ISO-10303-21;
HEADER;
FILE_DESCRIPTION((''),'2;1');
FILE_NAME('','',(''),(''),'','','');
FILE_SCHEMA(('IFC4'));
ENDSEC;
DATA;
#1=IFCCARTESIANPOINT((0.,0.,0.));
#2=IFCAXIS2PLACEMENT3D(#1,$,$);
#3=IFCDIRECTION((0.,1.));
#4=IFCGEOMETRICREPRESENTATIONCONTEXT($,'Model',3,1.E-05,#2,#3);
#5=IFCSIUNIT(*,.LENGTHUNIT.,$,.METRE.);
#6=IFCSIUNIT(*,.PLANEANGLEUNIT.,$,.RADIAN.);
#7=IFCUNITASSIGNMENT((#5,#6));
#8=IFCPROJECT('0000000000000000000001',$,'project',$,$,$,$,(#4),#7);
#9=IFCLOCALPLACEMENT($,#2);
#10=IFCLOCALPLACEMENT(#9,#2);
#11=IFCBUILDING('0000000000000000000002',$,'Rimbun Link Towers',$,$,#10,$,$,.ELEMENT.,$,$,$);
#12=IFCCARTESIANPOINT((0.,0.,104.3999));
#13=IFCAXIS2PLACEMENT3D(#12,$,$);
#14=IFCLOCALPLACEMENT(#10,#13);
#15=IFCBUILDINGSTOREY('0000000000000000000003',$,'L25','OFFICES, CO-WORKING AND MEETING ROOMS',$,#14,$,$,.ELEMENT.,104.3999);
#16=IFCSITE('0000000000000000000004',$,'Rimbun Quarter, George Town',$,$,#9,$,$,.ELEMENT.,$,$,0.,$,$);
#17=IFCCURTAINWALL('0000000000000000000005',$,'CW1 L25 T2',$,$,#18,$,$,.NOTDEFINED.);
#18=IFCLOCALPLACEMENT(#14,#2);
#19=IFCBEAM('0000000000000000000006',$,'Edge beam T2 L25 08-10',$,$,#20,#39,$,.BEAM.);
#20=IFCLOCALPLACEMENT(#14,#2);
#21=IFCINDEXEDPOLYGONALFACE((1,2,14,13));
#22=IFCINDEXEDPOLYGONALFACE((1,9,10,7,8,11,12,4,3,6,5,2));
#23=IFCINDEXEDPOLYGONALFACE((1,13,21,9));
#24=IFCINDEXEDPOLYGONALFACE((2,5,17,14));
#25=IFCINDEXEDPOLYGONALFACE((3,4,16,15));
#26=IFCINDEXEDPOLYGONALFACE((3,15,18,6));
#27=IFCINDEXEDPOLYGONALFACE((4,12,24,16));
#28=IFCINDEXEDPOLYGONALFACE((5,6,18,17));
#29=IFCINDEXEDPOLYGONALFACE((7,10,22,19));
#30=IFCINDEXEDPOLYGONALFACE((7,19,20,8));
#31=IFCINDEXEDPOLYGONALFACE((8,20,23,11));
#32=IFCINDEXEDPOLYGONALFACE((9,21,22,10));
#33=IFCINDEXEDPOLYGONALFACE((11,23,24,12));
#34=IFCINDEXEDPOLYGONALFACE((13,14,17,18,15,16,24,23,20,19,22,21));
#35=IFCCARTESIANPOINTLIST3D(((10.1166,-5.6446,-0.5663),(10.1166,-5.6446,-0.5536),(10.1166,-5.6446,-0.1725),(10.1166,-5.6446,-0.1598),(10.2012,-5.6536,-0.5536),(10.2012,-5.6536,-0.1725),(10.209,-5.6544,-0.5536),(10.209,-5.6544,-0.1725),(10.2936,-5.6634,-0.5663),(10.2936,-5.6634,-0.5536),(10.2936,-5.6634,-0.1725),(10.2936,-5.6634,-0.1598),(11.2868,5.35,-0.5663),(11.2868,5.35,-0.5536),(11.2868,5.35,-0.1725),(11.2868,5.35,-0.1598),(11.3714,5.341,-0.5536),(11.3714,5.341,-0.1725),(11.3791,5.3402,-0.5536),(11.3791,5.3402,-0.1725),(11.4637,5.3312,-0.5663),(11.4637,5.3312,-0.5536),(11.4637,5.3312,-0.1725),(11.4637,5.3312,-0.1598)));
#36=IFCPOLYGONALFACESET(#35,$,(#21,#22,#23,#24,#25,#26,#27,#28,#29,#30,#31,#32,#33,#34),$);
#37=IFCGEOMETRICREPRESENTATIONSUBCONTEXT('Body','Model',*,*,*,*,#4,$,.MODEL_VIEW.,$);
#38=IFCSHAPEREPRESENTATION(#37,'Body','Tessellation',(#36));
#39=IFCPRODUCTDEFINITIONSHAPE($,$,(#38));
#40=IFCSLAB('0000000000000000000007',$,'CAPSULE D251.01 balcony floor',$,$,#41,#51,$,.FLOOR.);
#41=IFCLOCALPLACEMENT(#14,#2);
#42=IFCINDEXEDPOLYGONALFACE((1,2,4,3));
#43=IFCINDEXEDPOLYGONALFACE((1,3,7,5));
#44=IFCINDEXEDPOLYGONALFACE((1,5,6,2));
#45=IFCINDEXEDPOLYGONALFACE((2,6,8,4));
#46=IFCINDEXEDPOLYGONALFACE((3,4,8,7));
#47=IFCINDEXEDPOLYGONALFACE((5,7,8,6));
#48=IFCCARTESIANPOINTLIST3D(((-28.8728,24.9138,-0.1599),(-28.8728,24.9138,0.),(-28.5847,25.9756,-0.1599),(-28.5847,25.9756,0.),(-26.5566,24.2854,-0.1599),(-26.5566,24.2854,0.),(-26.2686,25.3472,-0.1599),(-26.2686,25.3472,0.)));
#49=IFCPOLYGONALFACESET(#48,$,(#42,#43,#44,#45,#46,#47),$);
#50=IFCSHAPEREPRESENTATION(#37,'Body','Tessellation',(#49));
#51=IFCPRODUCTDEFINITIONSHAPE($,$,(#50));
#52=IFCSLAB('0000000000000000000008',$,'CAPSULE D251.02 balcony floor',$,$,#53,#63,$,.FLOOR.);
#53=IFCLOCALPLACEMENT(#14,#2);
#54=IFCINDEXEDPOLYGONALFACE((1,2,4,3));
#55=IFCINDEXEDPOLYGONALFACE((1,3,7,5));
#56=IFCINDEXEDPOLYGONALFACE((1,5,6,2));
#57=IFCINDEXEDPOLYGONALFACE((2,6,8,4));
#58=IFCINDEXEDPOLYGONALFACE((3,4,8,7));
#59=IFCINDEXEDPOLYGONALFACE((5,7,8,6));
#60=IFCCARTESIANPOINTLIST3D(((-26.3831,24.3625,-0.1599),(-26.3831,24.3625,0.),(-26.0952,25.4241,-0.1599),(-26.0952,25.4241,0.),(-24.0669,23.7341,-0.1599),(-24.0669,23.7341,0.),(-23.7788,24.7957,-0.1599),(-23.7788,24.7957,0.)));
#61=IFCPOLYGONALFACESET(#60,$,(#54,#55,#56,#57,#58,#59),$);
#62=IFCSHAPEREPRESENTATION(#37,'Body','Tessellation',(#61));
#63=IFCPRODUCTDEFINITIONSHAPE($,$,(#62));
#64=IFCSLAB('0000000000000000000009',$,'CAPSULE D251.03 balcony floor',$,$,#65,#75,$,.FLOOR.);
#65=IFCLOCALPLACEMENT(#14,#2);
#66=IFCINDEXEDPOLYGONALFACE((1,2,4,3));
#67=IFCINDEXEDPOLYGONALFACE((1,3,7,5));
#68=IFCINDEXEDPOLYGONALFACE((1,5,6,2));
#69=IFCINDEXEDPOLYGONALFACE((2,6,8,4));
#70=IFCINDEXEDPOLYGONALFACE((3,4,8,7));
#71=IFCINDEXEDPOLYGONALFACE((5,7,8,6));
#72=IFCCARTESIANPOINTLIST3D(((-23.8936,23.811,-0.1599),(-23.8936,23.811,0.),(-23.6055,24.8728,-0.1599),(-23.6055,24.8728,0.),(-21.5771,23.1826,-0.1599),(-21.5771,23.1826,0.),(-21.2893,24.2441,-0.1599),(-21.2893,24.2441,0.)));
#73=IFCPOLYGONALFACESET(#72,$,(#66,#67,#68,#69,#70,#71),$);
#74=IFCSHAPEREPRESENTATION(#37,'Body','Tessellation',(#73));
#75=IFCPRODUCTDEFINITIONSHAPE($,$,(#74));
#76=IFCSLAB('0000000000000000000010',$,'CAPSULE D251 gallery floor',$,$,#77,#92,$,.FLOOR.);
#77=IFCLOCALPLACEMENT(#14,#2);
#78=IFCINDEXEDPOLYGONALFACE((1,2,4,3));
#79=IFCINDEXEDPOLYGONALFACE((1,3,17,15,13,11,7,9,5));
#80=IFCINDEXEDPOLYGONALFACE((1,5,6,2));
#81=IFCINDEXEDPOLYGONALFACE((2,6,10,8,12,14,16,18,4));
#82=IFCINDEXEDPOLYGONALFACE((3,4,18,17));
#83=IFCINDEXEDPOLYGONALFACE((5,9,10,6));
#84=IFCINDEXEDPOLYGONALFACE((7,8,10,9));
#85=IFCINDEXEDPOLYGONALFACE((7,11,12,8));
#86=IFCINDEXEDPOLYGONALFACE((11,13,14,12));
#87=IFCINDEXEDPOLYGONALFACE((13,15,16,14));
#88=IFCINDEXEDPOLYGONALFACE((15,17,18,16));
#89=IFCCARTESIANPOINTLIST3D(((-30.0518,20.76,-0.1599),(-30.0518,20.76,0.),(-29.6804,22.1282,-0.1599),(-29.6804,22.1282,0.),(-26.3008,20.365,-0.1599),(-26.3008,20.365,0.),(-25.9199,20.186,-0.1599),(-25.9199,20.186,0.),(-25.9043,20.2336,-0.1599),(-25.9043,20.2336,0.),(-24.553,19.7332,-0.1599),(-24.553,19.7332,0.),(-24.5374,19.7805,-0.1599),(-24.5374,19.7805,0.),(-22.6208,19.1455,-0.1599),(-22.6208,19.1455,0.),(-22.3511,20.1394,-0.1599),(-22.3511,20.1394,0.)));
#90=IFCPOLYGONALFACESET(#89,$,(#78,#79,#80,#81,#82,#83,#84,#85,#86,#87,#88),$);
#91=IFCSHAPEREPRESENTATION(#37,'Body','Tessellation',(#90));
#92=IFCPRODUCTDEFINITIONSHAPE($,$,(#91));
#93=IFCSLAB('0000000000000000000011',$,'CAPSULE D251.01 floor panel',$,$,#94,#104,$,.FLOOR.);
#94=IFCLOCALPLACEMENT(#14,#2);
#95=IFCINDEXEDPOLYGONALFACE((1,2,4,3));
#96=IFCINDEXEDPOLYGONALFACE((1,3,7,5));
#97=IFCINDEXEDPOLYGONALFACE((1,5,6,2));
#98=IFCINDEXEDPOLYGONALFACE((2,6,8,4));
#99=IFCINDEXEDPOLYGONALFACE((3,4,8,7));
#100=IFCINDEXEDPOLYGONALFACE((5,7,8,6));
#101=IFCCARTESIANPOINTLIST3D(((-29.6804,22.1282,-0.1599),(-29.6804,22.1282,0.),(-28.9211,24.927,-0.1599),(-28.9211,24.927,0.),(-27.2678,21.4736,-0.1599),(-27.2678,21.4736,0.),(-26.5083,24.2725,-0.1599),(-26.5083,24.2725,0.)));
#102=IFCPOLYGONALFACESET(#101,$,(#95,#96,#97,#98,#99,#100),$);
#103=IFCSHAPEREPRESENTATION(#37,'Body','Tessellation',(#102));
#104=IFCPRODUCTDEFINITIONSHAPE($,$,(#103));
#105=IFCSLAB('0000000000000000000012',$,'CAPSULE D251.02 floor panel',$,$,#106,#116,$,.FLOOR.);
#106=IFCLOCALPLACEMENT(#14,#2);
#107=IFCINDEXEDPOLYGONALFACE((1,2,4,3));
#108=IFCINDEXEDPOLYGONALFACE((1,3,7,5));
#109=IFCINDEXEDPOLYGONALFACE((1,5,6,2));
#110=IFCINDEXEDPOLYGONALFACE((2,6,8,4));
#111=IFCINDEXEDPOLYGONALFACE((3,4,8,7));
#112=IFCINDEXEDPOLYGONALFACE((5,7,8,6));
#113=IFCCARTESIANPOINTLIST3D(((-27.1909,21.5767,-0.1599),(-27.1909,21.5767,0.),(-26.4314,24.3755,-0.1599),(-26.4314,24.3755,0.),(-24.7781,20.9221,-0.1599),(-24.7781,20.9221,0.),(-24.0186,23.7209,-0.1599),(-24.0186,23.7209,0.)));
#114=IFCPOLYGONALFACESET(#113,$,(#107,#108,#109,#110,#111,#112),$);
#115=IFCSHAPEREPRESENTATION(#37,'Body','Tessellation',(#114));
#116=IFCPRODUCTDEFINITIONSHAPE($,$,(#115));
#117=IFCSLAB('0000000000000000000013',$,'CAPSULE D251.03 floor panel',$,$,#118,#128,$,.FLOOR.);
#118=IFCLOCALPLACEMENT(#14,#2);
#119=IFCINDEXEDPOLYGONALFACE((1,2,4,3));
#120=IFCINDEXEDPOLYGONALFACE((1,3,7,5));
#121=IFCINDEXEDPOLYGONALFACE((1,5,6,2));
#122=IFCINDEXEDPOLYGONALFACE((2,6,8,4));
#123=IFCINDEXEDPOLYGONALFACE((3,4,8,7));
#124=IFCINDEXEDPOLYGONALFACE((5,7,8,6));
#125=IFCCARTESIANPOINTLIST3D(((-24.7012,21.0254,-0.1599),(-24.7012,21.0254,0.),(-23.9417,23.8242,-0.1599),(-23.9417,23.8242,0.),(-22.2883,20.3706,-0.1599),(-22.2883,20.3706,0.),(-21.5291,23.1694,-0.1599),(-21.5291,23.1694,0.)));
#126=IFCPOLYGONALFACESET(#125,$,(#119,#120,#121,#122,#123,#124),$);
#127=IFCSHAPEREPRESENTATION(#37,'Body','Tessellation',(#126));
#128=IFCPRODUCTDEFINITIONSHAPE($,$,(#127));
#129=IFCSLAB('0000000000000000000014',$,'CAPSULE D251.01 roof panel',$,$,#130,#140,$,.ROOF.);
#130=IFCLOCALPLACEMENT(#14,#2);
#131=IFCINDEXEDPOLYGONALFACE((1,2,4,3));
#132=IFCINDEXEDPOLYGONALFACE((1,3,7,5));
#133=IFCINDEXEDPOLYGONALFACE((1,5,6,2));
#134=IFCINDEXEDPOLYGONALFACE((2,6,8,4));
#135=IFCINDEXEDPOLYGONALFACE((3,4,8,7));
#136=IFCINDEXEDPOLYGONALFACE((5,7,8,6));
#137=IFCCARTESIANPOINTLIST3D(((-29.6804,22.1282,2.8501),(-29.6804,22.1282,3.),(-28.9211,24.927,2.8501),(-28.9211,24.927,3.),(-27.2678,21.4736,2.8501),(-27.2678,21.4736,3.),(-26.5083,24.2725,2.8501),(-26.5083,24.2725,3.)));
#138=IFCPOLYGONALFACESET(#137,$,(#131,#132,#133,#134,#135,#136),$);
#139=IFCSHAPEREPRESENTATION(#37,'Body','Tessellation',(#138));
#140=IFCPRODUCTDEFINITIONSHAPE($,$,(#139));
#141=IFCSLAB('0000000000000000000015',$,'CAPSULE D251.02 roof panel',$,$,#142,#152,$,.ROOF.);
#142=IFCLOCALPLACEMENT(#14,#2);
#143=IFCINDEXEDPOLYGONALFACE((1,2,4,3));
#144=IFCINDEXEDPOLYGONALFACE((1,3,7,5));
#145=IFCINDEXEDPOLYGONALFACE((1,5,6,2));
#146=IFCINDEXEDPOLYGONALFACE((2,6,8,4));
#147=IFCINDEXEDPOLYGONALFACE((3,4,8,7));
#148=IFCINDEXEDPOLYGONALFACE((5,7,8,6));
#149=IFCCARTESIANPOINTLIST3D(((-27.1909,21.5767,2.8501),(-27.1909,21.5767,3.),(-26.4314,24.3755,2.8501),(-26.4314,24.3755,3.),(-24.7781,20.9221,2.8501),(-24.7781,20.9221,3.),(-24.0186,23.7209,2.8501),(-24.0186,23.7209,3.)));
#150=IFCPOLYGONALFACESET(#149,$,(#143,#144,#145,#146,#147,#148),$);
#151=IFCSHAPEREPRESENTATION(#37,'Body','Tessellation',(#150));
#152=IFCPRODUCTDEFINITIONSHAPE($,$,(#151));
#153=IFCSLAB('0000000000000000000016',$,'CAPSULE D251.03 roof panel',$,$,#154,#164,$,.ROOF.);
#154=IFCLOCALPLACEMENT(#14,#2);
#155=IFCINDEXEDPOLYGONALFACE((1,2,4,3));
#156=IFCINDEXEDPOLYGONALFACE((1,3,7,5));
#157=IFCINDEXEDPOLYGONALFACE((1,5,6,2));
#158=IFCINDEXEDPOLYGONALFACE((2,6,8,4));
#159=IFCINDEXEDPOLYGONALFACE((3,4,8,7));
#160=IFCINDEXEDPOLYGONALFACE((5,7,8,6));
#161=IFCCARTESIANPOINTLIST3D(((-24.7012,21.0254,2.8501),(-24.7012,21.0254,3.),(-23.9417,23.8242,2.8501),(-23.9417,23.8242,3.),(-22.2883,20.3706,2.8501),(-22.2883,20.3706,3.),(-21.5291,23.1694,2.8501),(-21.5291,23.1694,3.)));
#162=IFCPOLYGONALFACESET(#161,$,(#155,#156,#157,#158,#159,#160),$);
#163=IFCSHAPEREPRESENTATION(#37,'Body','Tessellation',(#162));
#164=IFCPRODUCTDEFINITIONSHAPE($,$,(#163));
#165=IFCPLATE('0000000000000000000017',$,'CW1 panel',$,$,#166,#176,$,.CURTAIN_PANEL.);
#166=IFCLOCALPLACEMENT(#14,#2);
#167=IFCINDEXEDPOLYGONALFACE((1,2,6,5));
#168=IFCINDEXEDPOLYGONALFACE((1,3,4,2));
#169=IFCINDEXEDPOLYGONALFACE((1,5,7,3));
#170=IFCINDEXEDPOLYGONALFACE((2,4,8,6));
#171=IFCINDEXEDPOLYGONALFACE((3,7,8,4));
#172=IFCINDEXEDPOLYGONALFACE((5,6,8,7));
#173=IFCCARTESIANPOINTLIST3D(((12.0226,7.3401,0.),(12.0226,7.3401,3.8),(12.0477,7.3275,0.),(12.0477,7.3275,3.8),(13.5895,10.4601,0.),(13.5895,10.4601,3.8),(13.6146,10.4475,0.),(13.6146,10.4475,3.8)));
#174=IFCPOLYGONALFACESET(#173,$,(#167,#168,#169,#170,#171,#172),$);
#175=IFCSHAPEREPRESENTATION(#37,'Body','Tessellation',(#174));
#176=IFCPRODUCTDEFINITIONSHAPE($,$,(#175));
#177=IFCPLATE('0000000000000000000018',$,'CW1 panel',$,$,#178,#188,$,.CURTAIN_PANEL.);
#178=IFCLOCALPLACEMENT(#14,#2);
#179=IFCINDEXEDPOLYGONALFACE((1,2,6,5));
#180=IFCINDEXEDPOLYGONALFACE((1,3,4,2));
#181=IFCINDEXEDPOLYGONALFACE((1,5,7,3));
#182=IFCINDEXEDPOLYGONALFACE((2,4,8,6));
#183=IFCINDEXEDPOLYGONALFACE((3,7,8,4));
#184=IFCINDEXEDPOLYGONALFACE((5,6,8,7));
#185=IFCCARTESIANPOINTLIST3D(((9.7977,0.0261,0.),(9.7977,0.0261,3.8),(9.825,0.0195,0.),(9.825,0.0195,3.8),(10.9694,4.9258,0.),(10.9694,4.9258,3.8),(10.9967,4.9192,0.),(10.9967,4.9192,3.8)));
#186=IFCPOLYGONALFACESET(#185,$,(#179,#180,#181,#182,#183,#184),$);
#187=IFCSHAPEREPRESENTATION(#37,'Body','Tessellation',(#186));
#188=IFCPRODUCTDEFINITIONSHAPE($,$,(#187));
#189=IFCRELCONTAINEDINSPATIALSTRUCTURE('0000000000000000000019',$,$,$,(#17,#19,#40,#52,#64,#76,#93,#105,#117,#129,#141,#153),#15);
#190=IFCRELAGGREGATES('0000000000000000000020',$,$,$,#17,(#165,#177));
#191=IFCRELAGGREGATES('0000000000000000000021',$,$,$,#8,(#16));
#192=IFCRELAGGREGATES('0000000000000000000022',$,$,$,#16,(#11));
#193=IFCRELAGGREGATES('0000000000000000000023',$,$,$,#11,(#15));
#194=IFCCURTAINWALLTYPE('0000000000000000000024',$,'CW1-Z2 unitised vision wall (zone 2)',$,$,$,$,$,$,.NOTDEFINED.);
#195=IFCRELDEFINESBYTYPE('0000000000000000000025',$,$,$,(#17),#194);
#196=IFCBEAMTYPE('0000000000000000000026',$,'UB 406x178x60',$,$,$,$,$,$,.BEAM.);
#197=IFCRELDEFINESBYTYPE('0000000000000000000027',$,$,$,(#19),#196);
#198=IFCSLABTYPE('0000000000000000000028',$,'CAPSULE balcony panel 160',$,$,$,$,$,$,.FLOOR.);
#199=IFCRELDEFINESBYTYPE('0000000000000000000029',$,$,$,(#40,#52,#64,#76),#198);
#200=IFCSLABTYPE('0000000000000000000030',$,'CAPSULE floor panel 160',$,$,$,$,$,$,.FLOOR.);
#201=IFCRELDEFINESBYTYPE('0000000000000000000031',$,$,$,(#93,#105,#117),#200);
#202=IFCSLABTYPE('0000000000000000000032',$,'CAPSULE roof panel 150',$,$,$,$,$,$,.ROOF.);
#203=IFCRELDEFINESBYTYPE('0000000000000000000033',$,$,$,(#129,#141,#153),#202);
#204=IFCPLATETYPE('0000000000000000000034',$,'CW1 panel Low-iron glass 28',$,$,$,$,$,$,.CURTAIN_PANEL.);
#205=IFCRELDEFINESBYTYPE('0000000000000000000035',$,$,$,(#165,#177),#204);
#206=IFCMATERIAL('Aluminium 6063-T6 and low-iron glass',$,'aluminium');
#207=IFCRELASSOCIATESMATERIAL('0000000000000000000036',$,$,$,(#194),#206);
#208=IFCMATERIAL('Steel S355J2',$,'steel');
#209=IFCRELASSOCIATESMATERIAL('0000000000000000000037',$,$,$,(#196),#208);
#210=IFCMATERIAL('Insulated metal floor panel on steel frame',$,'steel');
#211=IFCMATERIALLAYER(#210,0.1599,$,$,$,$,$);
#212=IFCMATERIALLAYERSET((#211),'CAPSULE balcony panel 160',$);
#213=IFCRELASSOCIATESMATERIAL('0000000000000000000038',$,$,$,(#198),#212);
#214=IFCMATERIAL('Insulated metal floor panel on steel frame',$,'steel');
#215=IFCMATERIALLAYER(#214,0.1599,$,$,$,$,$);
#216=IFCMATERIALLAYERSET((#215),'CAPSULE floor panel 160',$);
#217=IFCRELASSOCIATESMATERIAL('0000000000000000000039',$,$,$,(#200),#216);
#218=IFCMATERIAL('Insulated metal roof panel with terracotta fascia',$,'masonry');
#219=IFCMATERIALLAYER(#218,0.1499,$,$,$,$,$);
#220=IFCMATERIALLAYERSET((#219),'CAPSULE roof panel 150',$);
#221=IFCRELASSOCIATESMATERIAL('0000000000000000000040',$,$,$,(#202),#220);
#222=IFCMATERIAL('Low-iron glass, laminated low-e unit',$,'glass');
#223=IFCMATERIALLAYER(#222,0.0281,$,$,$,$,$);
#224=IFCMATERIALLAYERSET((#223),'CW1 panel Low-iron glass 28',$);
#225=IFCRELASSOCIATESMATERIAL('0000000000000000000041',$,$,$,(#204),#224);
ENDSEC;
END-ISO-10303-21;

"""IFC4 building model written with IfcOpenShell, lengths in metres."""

from ifc_helpers import new_model, si_unit, direction, frame, origin, origin_2d, place, context, subcontext, project, spatial, polyline, rectangle, i_section, outline, extrude, material, layer, layer_set, material_profile, profile_set, type_object, element, aggregate, save


model = new_model("IFC4")

# Units and contexts
model_context = context("Model", 3, precision=1e-05, world=origin(), true_north=direction((0.0, 1.0)))
body_context = subcontext(model_context, "Body", "Model", "MODEL_VIEW")
ifc_project = project(units=[si_unit("LENGTHUNIT", "METRE"), si_unit("PLANEANGLEUNIT", "RADIAN")], contexts=[model_context])

# Site, building, storey
site_placement = place(None, origin())
site = spatial("IfcSite", under=ifc_project, at=site_placement, Name="Rimbun Quarter, George Town", CompositionType="ELEMENT", RefElevation=0.0)
building_placement = place(site_placement, origin())
building = spatial("IfcBuilding", under=site, at=building_placement, Name="Rimbun Link Towers", CompositionType="ELEMENT")
storey_placement = place(building_placement, frame((0.0, 0.0, 104.3999)))
storey = spatial("IfcBuildingStorey", under=building, at=storey_placement, Name="L25", Description="OFFICES, CO-WORKING AND MEETING ROOMS", CompositionType="ELEMENT", Elevation=104.3999)

# Curtain wall
ifc_material_1 = material(Name="Aluminium 6063-T6 and low-iron glass", Category="aluminium")
curtain_wall_type = type_object("IfcCurtainWallType", Name="CW1-Z2 unitised vision wall (zone 2)", PredefinedType="NOTDEFINED", material=ifc_material_1)
curtain_wall_placement = place(storey_placement, origin())
curtain_wall = element("IfcCurtainWall", 1, at=curtain_wall_placement, inside=storey, type_object=curtain_wall_type, Name="CW1 L25 T2", PredefinedType="NOTDEFINED")

# Beam
ifc_material_2 = material(Name="Steel S355J2", Category="steel")
ifc_material_profile_1 = material_profile(ifc_material_2, i_section(OverallWidth=0.178, OverallDepth=0.4065, WebThickness=0.0078, FlangeThickness=0.0127, at=origin_2d()), Name="UB 406x178x60")
ifc_profile_set_1 = profile_set([ifc_material_profile_1], Name="Steel S355J2")
beam_type_1 = type_object("IfcBeamType", Name="UB 406x178x60", PredefinedType="BEAM", material=ifc_profile_set_1)
beam_1_placement = place(storey_placement, frame((11.3752, 5.3406, -0.363), z_axis=(-0.105833, -0.994384, 0.0), x_axis=(0.994384, -0.105833, 0.0)))
element("IfcBeam", 2, at=beam_1_placement, inside=storey, type_object=beam_type_1, Name="Edge beam T2 L25 08-10", PredefinedType="BEAM", context=body_context, shape_type="SweptSolid", body=[
    extrude(i_section(OverallWidth=0.178, OverallDepth=0.4065, WebThickness=0.0078, FlangeThickness=0.0127, at=origin_2d()), origin(), (0.0, 0.0, 1.0), 11.0566),
])

# Slabs
ifc_material_3 = material(Name="Insulated metal floor panel on steel frame", Category="steel")
ifc_layer_1 = layer(ifc_material_3, 0.1599)
ifc_layer_set_1 = layer_set([ifc_layer_1], Name="CAPSULE balcony panel 160")
slab_type_1 = type_object("IfcSlabType", Name="CAPSULE balcony panel 160", PredefinedType="FLOOR", material=ifc_layer_set_1)
slab_1_placement = place(storey_placement, frame((0.0, 0.0, -0.1599)))
element("IfcSlab", 3, at=slab_1_placement, inside=storey, type_object=slab_type_1, Name="CAPSULE D251.01 balcony floor", PredefinedType="FLOOR", context=body_context, shape_type="SweptSolid", body=[
    extrude(outline(polyline([(-26.2686, 25.3472), (-28.5847, 25.9756), (-28.8728, 24.9138), (-26.5566, 24.2854), (-26.2686, 25.3472)])), origin(), (0.0, 0.0, 1.0), 0.1599),
])
slab_2_placement = place(storey_placement, frame((0.0, 0.0, -0.1599)))
element("IfcSlab", 4, at=slab_2_placement, inside=storey, type_object=slab_type_1, Name="CAPSULE D251.02 balcony floor", PredefinedType="FLOOR", context=body_context, shape_type="SweptSolid", body=[
    extrude(outline(polyline([(-23.7788, 24.7957), (-26.0952, 25.4241), (-26.3831, 24.3625), (-24.0669, 23.7341), (-23.7788, 24.7957)])), origin(), (0.0, 0.0, 1.0), 0.1599),
])
slab_3_placement = place(storey_placement, frame((0.0, 0.0, -0.1599)))
element("IfcSlab", 5, at=slab_3_placement, inside=storey, type_object=slab_type_1, Name="CAPSULE D251.03 balcony floor", PredefinedType="FLOOR", context=body_context, shape_type="SweptSolid", body=[
    extrude(outline(polyline([(-21.2893, 24.2441), (-23.6055, 24.8728), (-23.8936, 23.811), (-21.5771, 23.1826), (-21.2893, 24.2441)])), origin(), (0.0, 0.0, 1.0), 0.1599),
])
slab_4_placement = place(storey_placement, frame((0.0, 0.0, -0.1599)))
element("IfcSlab", 6, at=slab_4_placement, inside=storey, type_object=slab_type_1, Name="CAPSULE D251 gallery floor", PredefinedType="FLOOR", context=body_context, shape_type="SweptSolid", body=[
    extrude(outline(polyline([(-25.9043, 20.2336), (-25.9199, 20.186), (-24.553, 19.7332), (-24.5374, 19.7805), (-22.6208, 19.1455), (-22.3511, 20.1394), (-29.6804, 22.1282), (-30.0518, 20.76), (-26.3008, 20.365), (-25.9043, 20.2336)])), origin(), (0.0, 0.0, 1.0), 0.1599),
])
ifc_material_4 = material(Name="Insulated metal floor panel on steel frame", Category="steel")
ifc_layer_2 = layer(ifc_material_4, 0.1599)
ifc_layer_set_2 = layer_set([ifc_layer_2], Name="CAPSULE floor panel 160")
slab_type_2 = type_object("IfcSlabType", Name="CAPSULE floor panel 160", PredefinedType="FLOOR", material=ifc_layer_set_2)
slab_5_placement = place(storey_placement, frame((0.0, 0.0, -0.1599)))
element("IfcSlab", 7, at=slab_5_placement, inside=storey, type_object=slab_type_2, Name="CAPSULE D251.01 floor panel", PredefinedType="FLOOR", context=body_context, shape_type="SweptSolid", body=[
    extrude(outline(polyline([(-26.5083, 24.2725), (-28.9211, 24.927), (-29.6804, 22.1282), (-27.2678, 21.4736), (-26.5083, 24.2725)])), origin(), (0.0, 0.0, 1.0), 0.1599),
])
slab_6_placement = place(storey_placement, frame((0.0, 0.0, -0.1599)))
element("IfcSlab", 8, at=slab_6_placement, inside=storey, type_object=slab_type_2, Name="CAPSULE D251.02 floor panel", PredefinedType="FLOOR", context=body_context, shape_type="SweptSolid", body=[
    extrude(outline(polyline([(-24.0186, 23.7209), (-26.4314, 24.3755), (-27.1909, 21.5767), (-24.7781, 20.9221), (-24.0186, 23.7209)])), origin(), (0.0, 0.0, 1.0), 0.1599),
])
slab_7_placement = place(storey_placement, frame((0.0, 0.0, -0.1599)))
element("IfcSlab", 9, at=slab_7_placement, inside=storey, type_object=slab_type_2, Name="CAPSULE D251.03 floor panel", PredefinedType="FLOOR", context=body_context, shape_type="SweptSolid", body=[
    extrude(outline(polyline([(-21.5291, 23.1694), (-23.9417, 23.8242), (-24.7012, 21.0254), (-22.2883, 20.3706), (-21.5291, 23.1694)])), origin(), (0.0, 0.0, 1.0), 0.1599),
])
ifc_material_5 = material(Name="Insulated metal roof panel with terracotta fascia", Category="masonry")
ifc_layer_3 = layer(ifc_material_5, 0.1499)
ifc_layer_set_3 = layer_set([ifc_layer_3], Name="CAPSULE roof panel 150")
slab_type_3 = type_object("IfcSlabType", Name="CAPSULE roof panel 150", PredefinedType="ROOF", material=ifc_layer_set_3)
slab_8_placement = place(storey_placement, frame((0.0, 0.0, 2.8501)))
element("IfcSlab", 10, at=slab_8_placement, inside=storey, type_object=slab_type_3, Name="CAPSULE D251.01 roof panel", PredefinedType="ROOF", context=body_context, shape_type="SweptSolid", body=[
    extrude(outline(polyline([(-26.5083, 24.2725), (-28.9211, 24.927), (-29.6804, 22.1282), (-27.2678, 21.4736), (-26.5083, 24.2725)])), origin(), (0.0, 0.0, 1.0), 0.1499),
])
slab_9_placement = place(storey_placement, frame((0.0, 0.0, 2.8501)))
element("IfcSlab", 11, at=slab_9_placement, inside=storey, type_object=slab_type_3, Name="CAPSULE D251.02 roof panel", PredefinedType="ROOF", context=body_context, shape_type="SweptSolid", body=[
    extrude(outline(polyline([(-24.0186, 23.7209), (-26.4314, 24.3755), (-27.1909, 21.5767), (-24.7781, 20.9221), (-24.0186, 23.7209)])), origin(), (0.0, 0.0, 1.0), 0.1499),
])
slab_10_placement = place(storey_placement, frame((0.0, 0.0, 2.8501)))
element("IfcSlab", 12, at=slab_10_placement, inside=storey, type_object=slab_type_3, Name="CAPSULE D251.03 roof panel", PredefinedType="ROOF", context=body_context, shape_type="SweptSolid", body=[
    extrude(outline(polyline([(-21.5291, 23.1694), (-23.9417, 23.8242), (-24.7012, 21.0254), (-22.2883, 20.3706), (-21.5291, 23.1694)])), origin(), (0.0, 0.0, 1.0), 0.1499),
])

# Plates
ifc_material_6 = material(Name="Low-iron glass, laminated low-e unit", Category="glass")
ifc_layer_4 = layer(ifc_material_6, 0.0281)
ifc_layer_set_4 = layer_set([ifc_layer_4], Name="CW1 panel Low-iron glass 28")
plate_type = type_object("IfcPlateType", Name="CW1 panel Low-iron glass 28", PredefinedType="CURTAIN_PANEL", material=ifc_layer_set_4)
plate_1_placement = place(storey_placement, frame((12.8186, 8.8938, 0.0), z_axis=(0.0, 0.0, 1.0), x_axis=(0.448789, 0.893638, 0.0)))
plate_1 = element("IfcPlate", 13, at=plate_1_placement, type_object=plate_type, Name="CW1 panel", PredefinedType="CURTAIN_PANEL", context=body_context, shape_type="SweptSolid", body=[
    extrude(rectangle(XDim=3.4915, YDim=0.0281, at=origin_2d()), origin(), (0.0, 0.0, 1.0), 3.8),
])
plate_2_placement = place(storey_placement, frame((10.3972, 2.4727, 0.0), z_axis=(0.0, 0.0, 1.0), x_axis=(0.232586, 0.972576, 0.0)))
plate_2 = element("IfcPlate", 14, at=plate_2_placement, type_object=plate_type, Name="CW1 panel", PredefinedType="CURTAIN_PANEL", context=body_context, shape_type="SweptSolid", body=[
    extrude(rectangle(XDim=5.0378, YDim=0.0281, at=origin_2d()), origin(), (0.0, 0.0, 1.0), 3.8),
])
aggregate(curtain_wall, [plate_1, plate_2])

save(model, "model.ifc")
